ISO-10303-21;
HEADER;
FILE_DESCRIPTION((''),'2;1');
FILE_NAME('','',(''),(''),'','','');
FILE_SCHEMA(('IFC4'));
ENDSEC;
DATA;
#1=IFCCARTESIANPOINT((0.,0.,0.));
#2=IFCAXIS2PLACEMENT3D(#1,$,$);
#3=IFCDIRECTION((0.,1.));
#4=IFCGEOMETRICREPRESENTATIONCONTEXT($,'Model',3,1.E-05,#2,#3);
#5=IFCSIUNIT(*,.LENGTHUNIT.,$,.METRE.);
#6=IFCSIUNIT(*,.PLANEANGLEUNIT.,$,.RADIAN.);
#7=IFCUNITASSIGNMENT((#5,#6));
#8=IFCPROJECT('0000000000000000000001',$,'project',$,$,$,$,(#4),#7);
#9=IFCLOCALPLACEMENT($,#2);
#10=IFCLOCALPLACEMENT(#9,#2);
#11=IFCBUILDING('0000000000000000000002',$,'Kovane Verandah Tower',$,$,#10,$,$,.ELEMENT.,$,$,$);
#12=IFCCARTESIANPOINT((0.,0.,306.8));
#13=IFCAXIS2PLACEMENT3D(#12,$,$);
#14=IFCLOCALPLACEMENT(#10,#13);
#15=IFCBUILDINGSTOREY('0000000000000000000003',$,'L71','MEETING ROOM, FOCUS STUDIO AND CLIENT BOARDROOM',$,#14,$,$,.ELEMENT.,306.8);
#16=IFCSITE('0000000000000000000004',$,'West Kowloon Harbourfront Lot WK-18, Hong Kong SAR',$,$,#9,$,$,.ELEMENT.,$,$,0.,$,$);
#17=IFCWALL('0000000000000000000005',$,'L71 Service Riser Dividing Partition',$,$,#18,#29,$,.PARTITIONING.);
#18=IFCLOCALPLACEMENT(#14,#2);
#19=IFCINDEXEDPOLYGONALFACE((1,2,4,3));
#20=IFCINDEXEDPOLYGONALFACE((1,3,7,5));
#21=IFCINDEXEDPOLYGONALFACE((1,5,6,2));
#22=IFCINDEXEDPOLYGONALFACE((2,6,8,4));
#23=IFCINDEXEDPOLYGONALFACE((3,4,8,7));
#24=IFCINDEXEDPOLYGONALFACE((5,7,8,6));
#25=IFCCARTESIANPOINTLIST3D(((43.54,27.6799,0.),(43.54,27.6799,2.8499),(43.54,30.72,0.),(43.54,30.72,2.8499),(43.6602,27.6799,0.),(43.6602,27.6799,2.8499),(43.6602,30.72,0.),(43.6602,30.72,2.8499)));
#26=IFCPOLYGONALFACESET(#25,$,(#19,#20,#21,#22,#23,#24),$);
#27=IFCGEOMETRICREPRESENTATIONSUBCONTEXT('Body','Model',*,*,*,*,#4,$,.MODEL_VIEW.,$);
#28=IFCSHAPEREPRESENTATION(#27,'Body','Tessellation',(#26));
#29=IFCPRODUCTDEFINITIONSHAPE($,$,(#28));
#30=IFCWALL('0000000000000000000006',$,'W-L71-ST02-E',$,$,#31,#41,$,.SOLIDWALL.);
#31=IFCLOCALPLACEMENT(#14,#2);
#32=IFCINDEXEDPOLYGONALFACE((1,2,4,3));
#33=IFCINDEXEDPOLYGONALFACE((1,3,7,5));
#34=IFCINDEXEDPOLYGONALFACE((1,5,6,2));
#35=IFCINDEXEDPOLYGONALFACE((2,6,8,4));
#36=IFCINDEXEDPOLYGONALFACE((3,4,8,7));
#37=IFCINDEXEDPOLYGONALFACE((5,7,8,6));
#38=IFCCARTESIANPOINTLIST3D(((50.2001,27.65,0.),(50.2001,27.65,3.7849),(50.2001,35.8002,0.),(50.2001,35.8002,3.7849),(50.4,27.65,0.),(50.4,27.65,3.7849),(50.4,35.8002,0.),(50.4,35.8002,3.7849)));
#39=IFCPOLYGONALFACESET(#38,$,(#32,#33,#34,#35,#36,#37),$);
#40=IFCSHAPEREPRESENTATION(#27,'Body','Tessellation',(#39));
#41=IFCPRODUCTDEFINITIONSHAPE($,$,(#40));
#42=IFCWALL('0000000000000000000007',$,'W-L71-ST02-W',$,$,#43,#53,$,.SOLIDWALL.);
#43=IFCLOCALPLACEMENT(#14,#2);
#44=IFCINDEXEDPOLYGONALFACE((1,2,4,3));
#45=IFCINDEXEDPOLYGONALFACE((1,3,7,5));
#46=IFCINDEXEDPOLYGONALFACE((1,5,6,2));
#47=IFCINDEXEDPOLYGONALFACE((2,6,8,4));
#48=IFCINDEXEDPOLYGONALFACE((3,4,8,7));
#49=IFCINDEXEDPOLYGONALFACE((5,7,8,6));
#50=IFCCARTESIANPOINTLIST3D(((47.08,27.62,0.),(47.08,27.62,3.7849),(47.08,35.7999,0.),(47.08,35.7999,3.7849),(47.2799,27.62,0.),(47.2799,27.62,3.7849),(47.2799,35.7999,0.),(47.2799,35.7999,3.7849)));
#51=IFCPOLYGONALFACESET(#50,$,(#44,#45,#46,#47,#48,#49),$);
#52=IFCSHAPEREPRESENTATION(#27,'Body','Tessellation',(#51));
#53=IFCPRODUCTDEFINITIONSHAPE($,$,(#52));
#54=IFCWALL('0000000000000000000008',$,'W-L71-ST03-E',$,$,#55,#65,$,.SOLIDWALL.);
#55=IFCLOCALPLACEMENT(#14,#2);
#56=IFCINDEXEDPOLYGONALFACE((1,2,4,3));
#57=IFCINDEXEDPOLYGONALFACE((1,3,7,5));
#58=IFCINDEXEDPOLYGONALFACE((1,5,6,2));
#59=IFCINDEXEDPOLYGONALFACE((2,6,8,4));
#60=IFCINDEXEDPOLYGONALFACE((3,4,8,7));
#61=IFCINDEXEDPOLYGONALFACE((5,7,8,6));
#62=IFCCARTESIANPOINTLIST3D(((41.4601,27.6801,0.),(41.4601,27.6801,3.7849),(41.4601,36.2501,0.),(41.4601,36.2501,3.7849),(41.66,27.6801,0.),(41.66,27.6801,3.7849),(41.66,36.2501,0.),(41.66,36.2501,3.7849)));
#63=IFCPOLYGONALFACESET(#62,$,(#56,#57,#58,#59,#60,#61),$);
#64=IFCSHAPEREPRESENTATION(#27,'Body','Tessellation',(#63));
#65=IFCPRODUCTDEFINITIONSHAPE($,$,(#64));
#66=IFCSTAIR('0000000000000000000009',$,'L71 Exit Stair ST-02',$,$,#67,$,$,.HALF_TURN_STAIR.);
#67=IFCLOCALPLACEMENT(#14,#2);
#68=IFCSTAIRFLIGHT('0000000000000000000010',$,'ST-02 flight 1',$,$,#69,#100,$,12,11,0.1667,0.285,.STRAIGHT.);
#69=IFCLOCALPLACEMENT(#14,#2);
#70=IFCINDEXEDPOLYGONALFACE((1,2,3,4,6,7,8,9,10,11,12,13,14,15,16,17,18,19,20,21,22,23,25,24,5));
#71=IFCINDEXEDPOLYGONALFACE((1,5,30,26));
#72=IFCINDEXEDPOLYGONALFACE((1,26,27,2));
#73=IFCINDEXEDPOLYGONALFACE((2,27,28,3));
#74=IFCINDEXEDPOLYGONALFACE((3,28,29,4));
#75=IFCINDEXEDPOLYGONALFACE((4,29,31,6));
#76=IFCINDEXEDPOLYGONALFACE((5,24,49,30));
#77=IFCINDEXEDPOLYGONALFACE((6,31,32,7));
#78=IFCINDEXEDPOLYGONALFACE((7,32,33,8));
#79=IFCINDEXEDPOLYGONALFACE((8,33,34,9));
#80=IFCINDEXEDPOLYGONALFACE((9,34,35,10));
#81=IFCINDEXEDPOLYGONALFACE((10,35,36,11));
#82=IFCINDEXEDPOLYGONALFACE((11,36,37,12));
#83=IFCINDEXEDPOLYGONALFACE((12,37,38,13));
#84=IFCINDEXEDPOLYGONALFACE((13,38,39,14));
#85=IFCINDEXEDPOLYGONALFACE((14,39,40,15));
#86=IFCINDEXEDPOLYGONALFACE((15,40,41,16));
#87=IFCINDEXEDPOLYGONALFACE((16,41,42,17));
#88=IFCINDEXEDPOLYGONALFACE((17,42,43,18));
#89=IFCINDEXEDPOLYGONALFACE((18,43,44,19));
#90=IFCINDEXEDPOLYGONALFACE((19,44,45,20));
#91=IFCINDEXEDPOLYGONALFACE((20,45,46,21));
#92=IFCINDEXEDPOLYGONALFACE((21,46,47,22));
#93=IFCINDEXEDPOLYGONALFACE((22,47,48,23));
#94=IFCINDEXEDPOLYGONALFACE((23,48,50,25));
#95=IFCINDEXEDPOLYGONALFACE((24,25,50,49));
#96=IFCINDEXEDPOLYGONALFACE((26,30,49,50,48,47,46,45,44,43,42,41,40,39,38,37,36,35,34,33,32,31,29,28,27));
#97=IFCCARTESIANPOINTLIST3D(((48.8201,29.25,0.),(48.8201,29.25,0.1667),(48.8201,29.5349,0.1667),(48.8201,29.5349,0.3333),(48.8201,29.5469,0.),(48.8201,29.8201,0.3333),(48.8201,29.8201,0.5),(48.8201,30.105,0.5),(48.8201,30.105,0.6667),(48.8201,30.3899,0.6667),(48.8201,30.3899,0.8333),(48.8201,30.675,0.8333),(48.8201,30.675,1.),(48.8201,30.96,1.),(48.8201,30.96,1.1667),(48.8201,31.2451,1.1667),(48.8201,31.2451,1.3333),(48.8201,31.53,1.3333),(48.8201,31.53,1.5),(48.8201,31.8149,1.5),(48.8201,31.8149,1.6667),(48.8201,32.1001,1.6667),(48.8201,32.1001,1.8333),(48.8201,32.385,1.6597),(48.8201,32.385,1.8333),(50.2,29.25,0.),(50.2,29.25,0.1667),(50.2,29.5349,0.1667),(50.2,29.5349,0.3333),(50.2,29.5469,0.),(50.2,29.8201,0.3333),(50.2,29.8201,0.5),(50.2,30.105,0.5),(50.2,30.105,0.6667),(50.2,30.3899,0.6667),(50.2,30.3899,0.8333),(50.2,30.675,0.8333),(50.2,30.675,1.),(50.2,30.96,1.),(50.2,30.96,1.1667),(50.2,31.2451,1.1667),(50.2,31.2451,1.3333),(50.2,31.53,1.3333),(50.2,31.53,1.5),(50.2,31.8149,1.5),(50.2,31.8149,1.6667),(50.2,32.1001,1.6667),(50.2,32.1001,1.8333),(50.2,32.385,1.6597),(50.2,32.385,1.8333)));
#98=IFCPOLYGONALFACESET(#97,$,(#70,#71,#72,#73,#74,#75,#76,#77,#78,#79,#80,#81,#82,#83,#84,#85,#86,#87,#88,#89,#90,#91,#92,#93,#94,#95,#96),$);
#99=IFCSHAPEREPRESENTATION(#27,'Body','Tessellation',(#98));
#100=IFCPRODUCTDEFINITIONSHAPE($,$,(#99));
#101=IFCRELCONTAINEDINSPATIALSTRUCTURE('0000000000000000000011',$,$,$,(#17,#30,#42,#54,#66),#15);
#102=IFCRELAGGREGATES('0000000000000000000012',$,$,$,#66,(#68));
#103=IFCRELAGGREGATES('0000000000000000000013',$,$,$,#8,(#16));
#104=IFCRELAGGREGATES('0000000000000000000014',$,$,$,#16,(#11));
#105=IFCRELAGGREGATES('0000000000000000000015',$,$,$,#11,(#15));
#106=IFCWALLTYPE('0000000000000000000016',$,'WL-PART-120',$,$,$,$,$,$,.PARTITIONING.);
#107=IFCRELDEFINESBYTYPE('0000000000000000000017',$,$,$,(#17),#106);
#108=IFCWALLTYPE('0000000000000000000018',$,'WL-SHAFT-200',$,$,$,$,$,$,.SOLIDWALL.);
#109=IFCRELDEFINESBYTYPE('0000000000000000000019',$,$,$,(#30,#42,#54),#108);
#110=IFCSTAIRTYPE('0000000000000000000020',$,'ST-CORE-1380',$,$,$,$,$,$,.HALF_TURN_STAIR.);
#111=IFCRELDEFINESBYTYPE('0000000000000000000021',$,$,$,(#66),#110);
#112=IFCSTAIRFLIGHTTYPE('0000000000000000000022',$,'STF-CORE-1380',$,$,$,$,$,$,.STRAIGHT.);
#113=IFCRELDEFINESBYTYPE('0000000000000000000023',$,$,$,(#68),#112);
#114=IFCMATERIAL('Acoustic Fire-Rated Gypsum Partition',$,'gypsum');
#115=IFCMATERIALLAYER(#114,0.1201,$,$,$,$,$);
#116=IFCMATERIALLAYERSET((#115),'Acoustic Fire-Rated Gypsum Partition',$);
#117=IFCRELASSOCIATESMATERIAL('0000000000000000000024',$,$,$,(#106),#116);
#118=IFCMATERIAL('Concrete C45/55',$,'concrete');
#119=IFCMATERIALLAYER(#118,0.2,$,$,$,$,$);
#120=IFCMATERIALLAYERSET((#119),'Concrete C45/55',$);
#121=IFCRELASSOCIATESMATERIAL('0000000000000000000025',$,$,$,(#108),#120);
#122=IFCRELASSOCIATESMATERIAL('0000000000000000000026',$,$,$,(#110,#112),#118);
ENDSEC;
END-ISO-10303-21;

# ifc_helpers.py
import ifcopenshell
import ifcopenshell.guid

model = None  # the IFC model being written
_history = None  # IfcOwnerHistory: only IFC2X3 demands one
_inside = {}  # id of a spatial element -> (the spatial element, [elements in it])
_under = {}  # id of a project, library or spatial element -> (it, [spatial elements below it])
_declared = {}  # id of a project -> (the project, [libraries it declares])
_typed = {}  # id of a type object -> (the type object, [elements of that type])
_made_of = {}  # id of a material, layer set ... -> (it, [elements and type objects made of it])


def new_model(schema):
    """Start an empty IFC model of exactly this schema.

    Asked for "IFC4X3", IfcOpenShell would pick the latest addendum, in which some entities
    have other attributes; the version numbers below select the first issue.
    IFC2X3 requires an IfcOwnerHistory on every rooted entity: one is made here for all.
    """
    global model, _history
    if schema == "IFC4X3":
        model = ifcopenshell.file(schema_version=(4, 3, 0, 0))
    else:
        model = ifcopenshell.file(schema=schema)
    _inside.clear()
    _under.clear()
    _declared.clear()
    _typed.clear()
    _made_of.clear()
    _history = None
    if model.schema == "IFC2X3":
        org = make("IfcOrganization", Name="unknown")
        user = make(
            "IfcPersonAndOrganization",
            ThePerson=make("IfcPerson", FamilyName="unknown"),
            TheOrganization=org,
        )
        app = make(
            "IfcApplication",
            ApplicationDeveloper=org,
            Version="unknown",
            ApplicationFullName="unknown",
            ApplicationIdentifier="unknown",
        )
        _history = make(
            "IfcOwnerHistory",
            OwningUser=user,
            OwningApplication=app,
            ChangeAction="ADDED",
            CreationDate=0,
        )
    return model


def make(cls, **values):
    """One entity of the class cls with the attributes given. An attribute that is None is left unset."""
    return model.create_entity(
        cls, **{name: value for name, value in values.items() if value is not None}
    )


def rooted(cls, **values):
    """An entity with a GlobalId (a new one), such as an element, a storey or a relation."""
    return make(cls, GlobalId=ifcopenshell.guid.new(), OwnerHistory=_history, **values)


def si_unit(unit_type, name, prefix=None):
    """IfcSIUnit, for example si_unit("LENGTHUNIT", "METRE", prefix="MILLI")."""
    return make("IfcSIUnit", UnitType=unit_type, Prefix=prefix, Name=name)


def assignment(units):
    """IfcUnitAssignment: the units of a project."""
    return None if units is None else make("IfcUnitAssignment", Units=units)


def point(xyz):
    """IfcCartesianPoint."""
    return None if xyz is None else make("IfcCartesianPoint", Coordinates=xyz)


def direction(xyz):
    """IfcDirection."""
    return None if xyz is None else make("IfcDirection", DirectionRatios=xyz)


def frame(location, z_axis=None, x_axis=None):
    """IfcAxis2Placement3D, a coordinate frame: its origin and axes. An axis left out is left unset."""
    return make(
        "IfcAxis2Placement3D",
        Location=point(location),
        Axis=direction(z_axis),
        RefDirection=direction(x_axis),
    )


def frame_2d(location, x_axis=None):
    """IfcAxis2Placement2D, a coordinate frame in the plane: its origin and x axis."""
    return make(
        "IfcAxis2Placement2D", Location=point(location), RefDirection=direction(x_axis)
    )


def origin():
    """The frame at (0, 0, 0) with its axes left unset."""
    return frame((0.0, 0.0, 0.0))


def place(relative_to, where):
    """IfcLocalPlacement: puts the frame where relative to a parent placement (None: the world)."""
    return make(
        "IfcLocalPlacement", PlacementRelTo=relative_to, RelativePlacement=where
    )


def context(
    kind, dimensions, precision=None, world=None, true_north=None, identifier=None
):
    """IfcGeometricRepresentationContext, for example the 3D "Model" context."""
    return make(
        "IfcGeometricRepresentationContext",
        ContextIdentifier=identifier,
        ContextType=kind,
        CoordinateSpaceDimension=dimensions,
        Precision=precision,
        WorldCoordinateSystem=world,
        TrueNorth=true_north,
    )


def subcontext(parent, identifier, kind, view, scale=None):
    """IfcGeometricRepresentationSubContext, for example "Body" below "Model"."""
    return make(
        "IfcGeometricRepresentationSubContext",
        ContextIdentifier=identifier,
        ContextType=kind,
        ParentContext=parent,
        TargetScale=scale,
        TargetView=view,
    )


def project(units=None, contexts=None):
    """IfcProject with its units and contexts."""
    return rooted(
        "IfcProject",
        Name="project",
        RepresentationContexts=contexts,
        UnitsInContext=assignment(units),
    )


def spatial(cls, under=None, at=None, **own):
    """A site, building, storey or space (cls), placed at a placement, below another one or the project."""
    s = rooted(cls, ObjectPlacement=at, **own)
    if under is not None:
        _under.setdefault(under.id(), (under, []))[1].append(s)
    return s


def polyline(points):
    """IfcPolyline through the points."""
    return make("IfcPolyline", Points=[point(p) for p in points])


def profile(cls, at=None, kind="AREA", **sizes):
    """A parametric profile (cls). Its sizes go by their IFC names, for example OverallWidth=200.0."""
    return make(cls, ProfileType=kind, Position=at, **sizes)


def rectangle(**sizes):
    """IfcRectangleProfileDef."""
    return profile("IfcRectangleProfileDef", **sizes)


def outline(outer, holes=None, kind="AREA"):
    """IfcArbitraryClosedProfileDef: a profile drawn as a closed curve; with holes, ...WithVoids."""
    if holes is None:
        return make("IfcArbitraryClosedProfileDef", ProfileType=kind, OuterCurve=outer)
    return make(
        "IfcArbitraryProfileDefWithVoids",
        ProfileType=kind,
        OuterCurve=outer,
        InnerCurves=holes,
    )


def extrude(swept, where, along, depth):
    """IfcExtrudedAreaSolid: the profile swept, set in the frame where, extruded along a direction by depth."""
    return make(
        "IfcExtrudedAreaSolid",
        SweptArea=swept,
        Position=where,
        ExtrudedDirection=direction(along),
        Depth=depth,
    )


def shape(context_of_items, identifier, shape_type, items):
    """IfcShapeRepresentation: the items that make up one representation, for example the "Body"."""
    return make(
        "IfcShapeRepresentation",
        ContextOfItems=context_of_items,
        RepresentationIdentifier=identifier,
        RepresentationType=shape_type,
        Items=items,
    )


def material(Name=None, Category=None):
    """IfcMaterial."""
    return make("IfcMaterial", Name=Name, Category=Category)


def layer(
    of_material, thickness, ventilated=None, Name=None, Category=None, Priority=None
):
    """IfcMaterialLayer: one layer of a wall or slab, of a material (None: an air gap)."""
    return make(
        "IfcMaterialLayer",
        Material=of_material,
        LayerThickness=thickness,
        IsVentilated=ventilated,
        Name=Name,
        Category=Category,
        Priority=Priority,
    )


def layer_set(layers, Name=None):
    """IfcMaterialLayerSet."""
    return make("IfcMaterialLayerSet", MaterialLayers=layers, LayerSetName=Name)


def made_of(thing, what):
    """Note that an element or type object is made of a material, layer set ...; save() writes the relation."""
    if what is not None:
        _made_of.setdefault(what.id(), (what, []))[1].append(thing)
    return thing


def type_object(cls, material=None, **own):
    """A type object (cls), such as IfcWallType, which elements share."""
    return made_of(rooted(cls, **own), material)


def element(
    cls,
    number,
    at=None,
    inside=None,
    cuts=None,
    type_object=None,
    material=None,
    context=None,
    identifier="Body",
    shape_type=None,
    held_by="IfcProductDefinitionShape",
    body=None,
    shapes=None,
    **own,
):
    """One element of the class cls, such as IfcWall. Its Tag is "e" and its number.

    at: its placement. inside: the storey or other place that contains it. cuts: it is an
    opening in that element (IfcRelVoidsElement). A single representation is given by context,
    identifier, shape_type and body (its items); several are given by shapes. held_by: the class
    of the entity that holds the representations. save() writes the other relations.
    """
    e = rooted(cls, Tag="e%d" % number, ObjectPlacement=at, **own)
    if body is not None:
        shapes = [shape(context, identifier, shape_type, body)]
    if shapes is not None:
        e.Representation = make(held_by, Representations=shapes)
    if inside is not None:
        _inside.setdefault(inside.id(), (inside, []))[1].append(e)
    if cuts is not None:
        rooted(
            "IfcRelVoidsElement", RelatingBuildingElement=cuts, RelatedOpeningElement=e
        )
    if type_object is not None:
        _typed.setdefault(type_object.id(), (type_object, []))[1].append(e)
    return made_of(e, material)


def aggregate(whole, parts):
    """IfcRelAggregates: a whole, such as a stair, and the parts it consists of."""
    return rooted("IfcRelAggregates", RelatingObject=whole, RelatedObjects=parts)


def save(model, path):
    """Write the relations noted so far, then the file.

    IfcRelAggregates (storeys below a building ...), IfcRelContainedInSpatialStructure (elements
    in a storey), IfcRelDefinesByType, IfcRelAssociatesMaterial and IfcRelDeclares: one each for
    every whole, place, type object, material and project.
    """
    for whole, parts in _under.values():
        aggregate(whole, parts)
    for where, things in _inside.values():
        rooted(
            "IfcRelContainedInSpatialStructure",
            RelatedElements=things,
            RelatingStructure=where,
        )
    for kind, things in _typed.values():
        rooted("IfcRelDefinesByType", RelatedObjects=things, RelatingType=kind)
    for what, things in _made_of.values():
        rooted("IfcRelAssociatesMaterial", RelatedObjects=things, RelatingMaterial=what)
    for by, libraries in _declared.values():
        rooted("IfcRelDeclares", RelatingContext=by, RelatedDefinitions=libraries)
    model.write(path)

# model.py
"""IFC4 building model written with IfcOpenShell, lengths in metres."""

from ifc_helpers import new_model, si_unit, direction, frame, frame_2d, origin, place, context, subcontext, project, spatial, polyline, rectangle, outline, extrude, material, layer, layer_set, type_object, element, aggregate, save


model = new_model("IFC4")

# Units and contexts
model_context = context("Model", 3, precision=1e-05, world=origin(), true_north=direction((0.0, 1.0)))
body_context = subcontext(model_context, "Body", "Model", "MODEL_VIEW")
ifc_project = project(units=[si_unit("LENGTHUNIT", "METRE"), si_unit("PLANEANGLEUNIT", "RADIAN")], contexts=[model_context])

# Site, building, storey
site_placement = place(None, origin())
site = spatial("IfcSite", under=ifc_project, at=site_placement, Name="West Kowloon Harbourfront Lot WK-18, Hong Kong SAR", CompositionType="ELEMENT", RefElevation=0.0)
building_placement = place(site_placement, origin())
building = spatial("IfcBuilding", under=site, at=building_placement, Name="Kovane Verandah Tower", CompositionType="ELEMENT")
storey_placement = place(building_placement, frame((0.0, 0.0, 306.8)))
storey = spatial("IfcBuildingStorey", under=building, at=storey_placement, Name="L71", Description="MEETING ROOM, FOCUS STUDIO AND CLIENT BOARDROOM", CompositionType="ELEMENT", Elevation=306.8)

# Walls
ifc_material_1 = material(Name="Acoustic Fire-Rated Gypsum Partition", Category="gypsum")
ifc_layer_1 = layer(ifc_material_1, 0.1201)
ifc_layer_set_1 = layer_set([ifc_layer_1], Name="Acoustic Fire-Rated Gypsum Partition")
wall_type_1 = type_object("IfcWallType", Name="WL-PART-120", PredefinedType="PARTITIONING", material=ifc_layer_set_1)
wall_1_placement = place(storey_placement, frame((43.6001, 27.6799, 0.0), z_axis=(0.0, 0.0, 1.0), x_axis=(0.0, 1.0, 0.0)))
element("IfcWall", 1, at=wall_1_placement, inside=storey, type_object=wall_type_1, Name="L71 Service Riser Dividing Partition", PredefinedType="PARTITIONING", context=body_context, shape_type="SweptSolid", body=[
    extrude(rectangle(XDim=3.04, YDim=0.1201, at=frame_2d((1.52, 0.0))), origin(), (0.0, 0.0, 1.0), 2.8499),
])
ifc_material_2 = material(Name="Concrete C45/55", Category="concrete")
ifc_layer_2 = layer(ifc_material_2, 0.2)
ifc_layer_set_2 = layer_set([ifc_layer_2], Name="Concrete C45/55")
wall_type_2 = type_object("IfcWallType", Name="WL-SHAFT-200", PredefinedType="SOLIDWALL", material=ifc_layer_set_2)
wall_2_placement = place(storey_placement, frame((50.3, 27.6499, 0.0), z_axis=(0.0, 0.0, 1.0), x_axis=(0.0, 1.0, 0.0)))
element("IfcWall", 2, at=wall_2_placement, inside=storey, type_object=wall_type_2, Name="W-L71-ST02-E", PredefinedType="SOLIDWALL", context=body_context, shape_type="SweptSolid", body=[
    extrude(rectangle(XDim=8.1501, YDim=0.2, at=frame_2d((4.0752, 0.0))), origin(), (0.0, 0.0, 1.0), 3.7849),
])
wall_3_placement = place(storey_placement, frame((47.1799, 27.6201, 0.0), z_axis=(0.0, 0.0, 1.0), x_axis=(0.0, 1.0, 0.0)))
element("IfcWall", 3, at=wall_3_placement, inside=storey, type_object=wall_type_2, Name="W-L71-ST02-W", PredefinedType="SOLIDWALL", context=body_context, shape_type="SweptSolid", body=[
    extrude(rectangle(XDim=8.1799, YDim=0.2, at=frame_2d((4.0898, 0.0))), origin(), (0.0, 0.0, 1.0), 3.7849),
])

# Wall
wall_4_placement = place(storey_placement, frame((41.5601, 27.6799, 0.0), z_axis=(0.0, 0.0, 1.0), x_axis=(0.0, 1.0, 0.0)))
element("IfcWall", 4, at=wall_4_placement, inside=storey, type_object=wall_type_2, Name="W-L71-ST03-E", PredefinedType="SOLIDWALL", context=body_context, shape_type="SweptSolid", body=[
    extrude(rectangle(XDim=8.5701, YDim=0.2, at=frame_2d((4.2852, 0.0))), origin(), (0.0, 0.0, 1.0), 3.7849),
])

# Stair, stair flight
stair_type = type_object("IfcStairType", Name="ST-CORE-1380", PredefinedType="HALF_TURN_STAIR", material=ifc_material_2)
stair_placement = place(storey_placement, origin())
stair = element("IfcStair", 5, at=stair_placement, inside=storey, type_object=stair_type, Name="L71 Exit Stair ST-02", PredefinedType="HALF_TURN_STAIR")
stair_flight_type = type_object("IfcStairFlightType", Name="STF-CORE-1380", PredefinedType="STRAIGHT", material=ifc_material_2)
stair_flight_placement = place(storey_placement, frame((49.51, 29.25, 0.0), z_axis=(0.0, 0.0, 1.0), x_axis=(0.0, 1.0, 0.0)))
stair_flight = element("IfcStairFlight", 6, at=stair_flight_placement, type_object=stair_flight_type, Name="ST-02 flight 1", NumberOfRisers=12, NumberOfTreads=11, PredefinedType="STRAIGHT", RiserHeight=0.1667, TreadLength=0.285, context=body_context, shape_type="SweptSolid", body=[
    extrude(outline(polyline([(0.0, 0.0), (0.0, 0.1667), (0.2849, 0.1667), (0.2849, 0.3333), (0.5701, 0.3333), (0.5701, 0.5), (0.855, 0.5), (0.855, 0.6667), (1.1399, 0.6667), (1.1399, 0.8333), (1.425, 0.8333), (1.425, 1.0), (1.71, 1.0), (1.71, 1.1667), (1.9951, 1.1667), (1.9951, 1.3333), (2.28, 1.3333), (2.28, 1.5), (2.5649, 1.5), (2.5649, 1.6667), (2.8501, 1.6667), (2.8501, 1.8333), (3.135, 1.8333), (3.135, 2.0), (3.135, 1.6597), (0.2969, 0.0), (0.0, 0.0)])), frame((0.0, 0.6899, 0.0), z_axis=(0.0, -1.0, 0.0), x_axis=(1.0, 0.0, 0.0)), (0.0, 0.0, 1.0), 1.3799),
])
aggregate(stair, [stair_flight])

save(model, "model.ifc")
